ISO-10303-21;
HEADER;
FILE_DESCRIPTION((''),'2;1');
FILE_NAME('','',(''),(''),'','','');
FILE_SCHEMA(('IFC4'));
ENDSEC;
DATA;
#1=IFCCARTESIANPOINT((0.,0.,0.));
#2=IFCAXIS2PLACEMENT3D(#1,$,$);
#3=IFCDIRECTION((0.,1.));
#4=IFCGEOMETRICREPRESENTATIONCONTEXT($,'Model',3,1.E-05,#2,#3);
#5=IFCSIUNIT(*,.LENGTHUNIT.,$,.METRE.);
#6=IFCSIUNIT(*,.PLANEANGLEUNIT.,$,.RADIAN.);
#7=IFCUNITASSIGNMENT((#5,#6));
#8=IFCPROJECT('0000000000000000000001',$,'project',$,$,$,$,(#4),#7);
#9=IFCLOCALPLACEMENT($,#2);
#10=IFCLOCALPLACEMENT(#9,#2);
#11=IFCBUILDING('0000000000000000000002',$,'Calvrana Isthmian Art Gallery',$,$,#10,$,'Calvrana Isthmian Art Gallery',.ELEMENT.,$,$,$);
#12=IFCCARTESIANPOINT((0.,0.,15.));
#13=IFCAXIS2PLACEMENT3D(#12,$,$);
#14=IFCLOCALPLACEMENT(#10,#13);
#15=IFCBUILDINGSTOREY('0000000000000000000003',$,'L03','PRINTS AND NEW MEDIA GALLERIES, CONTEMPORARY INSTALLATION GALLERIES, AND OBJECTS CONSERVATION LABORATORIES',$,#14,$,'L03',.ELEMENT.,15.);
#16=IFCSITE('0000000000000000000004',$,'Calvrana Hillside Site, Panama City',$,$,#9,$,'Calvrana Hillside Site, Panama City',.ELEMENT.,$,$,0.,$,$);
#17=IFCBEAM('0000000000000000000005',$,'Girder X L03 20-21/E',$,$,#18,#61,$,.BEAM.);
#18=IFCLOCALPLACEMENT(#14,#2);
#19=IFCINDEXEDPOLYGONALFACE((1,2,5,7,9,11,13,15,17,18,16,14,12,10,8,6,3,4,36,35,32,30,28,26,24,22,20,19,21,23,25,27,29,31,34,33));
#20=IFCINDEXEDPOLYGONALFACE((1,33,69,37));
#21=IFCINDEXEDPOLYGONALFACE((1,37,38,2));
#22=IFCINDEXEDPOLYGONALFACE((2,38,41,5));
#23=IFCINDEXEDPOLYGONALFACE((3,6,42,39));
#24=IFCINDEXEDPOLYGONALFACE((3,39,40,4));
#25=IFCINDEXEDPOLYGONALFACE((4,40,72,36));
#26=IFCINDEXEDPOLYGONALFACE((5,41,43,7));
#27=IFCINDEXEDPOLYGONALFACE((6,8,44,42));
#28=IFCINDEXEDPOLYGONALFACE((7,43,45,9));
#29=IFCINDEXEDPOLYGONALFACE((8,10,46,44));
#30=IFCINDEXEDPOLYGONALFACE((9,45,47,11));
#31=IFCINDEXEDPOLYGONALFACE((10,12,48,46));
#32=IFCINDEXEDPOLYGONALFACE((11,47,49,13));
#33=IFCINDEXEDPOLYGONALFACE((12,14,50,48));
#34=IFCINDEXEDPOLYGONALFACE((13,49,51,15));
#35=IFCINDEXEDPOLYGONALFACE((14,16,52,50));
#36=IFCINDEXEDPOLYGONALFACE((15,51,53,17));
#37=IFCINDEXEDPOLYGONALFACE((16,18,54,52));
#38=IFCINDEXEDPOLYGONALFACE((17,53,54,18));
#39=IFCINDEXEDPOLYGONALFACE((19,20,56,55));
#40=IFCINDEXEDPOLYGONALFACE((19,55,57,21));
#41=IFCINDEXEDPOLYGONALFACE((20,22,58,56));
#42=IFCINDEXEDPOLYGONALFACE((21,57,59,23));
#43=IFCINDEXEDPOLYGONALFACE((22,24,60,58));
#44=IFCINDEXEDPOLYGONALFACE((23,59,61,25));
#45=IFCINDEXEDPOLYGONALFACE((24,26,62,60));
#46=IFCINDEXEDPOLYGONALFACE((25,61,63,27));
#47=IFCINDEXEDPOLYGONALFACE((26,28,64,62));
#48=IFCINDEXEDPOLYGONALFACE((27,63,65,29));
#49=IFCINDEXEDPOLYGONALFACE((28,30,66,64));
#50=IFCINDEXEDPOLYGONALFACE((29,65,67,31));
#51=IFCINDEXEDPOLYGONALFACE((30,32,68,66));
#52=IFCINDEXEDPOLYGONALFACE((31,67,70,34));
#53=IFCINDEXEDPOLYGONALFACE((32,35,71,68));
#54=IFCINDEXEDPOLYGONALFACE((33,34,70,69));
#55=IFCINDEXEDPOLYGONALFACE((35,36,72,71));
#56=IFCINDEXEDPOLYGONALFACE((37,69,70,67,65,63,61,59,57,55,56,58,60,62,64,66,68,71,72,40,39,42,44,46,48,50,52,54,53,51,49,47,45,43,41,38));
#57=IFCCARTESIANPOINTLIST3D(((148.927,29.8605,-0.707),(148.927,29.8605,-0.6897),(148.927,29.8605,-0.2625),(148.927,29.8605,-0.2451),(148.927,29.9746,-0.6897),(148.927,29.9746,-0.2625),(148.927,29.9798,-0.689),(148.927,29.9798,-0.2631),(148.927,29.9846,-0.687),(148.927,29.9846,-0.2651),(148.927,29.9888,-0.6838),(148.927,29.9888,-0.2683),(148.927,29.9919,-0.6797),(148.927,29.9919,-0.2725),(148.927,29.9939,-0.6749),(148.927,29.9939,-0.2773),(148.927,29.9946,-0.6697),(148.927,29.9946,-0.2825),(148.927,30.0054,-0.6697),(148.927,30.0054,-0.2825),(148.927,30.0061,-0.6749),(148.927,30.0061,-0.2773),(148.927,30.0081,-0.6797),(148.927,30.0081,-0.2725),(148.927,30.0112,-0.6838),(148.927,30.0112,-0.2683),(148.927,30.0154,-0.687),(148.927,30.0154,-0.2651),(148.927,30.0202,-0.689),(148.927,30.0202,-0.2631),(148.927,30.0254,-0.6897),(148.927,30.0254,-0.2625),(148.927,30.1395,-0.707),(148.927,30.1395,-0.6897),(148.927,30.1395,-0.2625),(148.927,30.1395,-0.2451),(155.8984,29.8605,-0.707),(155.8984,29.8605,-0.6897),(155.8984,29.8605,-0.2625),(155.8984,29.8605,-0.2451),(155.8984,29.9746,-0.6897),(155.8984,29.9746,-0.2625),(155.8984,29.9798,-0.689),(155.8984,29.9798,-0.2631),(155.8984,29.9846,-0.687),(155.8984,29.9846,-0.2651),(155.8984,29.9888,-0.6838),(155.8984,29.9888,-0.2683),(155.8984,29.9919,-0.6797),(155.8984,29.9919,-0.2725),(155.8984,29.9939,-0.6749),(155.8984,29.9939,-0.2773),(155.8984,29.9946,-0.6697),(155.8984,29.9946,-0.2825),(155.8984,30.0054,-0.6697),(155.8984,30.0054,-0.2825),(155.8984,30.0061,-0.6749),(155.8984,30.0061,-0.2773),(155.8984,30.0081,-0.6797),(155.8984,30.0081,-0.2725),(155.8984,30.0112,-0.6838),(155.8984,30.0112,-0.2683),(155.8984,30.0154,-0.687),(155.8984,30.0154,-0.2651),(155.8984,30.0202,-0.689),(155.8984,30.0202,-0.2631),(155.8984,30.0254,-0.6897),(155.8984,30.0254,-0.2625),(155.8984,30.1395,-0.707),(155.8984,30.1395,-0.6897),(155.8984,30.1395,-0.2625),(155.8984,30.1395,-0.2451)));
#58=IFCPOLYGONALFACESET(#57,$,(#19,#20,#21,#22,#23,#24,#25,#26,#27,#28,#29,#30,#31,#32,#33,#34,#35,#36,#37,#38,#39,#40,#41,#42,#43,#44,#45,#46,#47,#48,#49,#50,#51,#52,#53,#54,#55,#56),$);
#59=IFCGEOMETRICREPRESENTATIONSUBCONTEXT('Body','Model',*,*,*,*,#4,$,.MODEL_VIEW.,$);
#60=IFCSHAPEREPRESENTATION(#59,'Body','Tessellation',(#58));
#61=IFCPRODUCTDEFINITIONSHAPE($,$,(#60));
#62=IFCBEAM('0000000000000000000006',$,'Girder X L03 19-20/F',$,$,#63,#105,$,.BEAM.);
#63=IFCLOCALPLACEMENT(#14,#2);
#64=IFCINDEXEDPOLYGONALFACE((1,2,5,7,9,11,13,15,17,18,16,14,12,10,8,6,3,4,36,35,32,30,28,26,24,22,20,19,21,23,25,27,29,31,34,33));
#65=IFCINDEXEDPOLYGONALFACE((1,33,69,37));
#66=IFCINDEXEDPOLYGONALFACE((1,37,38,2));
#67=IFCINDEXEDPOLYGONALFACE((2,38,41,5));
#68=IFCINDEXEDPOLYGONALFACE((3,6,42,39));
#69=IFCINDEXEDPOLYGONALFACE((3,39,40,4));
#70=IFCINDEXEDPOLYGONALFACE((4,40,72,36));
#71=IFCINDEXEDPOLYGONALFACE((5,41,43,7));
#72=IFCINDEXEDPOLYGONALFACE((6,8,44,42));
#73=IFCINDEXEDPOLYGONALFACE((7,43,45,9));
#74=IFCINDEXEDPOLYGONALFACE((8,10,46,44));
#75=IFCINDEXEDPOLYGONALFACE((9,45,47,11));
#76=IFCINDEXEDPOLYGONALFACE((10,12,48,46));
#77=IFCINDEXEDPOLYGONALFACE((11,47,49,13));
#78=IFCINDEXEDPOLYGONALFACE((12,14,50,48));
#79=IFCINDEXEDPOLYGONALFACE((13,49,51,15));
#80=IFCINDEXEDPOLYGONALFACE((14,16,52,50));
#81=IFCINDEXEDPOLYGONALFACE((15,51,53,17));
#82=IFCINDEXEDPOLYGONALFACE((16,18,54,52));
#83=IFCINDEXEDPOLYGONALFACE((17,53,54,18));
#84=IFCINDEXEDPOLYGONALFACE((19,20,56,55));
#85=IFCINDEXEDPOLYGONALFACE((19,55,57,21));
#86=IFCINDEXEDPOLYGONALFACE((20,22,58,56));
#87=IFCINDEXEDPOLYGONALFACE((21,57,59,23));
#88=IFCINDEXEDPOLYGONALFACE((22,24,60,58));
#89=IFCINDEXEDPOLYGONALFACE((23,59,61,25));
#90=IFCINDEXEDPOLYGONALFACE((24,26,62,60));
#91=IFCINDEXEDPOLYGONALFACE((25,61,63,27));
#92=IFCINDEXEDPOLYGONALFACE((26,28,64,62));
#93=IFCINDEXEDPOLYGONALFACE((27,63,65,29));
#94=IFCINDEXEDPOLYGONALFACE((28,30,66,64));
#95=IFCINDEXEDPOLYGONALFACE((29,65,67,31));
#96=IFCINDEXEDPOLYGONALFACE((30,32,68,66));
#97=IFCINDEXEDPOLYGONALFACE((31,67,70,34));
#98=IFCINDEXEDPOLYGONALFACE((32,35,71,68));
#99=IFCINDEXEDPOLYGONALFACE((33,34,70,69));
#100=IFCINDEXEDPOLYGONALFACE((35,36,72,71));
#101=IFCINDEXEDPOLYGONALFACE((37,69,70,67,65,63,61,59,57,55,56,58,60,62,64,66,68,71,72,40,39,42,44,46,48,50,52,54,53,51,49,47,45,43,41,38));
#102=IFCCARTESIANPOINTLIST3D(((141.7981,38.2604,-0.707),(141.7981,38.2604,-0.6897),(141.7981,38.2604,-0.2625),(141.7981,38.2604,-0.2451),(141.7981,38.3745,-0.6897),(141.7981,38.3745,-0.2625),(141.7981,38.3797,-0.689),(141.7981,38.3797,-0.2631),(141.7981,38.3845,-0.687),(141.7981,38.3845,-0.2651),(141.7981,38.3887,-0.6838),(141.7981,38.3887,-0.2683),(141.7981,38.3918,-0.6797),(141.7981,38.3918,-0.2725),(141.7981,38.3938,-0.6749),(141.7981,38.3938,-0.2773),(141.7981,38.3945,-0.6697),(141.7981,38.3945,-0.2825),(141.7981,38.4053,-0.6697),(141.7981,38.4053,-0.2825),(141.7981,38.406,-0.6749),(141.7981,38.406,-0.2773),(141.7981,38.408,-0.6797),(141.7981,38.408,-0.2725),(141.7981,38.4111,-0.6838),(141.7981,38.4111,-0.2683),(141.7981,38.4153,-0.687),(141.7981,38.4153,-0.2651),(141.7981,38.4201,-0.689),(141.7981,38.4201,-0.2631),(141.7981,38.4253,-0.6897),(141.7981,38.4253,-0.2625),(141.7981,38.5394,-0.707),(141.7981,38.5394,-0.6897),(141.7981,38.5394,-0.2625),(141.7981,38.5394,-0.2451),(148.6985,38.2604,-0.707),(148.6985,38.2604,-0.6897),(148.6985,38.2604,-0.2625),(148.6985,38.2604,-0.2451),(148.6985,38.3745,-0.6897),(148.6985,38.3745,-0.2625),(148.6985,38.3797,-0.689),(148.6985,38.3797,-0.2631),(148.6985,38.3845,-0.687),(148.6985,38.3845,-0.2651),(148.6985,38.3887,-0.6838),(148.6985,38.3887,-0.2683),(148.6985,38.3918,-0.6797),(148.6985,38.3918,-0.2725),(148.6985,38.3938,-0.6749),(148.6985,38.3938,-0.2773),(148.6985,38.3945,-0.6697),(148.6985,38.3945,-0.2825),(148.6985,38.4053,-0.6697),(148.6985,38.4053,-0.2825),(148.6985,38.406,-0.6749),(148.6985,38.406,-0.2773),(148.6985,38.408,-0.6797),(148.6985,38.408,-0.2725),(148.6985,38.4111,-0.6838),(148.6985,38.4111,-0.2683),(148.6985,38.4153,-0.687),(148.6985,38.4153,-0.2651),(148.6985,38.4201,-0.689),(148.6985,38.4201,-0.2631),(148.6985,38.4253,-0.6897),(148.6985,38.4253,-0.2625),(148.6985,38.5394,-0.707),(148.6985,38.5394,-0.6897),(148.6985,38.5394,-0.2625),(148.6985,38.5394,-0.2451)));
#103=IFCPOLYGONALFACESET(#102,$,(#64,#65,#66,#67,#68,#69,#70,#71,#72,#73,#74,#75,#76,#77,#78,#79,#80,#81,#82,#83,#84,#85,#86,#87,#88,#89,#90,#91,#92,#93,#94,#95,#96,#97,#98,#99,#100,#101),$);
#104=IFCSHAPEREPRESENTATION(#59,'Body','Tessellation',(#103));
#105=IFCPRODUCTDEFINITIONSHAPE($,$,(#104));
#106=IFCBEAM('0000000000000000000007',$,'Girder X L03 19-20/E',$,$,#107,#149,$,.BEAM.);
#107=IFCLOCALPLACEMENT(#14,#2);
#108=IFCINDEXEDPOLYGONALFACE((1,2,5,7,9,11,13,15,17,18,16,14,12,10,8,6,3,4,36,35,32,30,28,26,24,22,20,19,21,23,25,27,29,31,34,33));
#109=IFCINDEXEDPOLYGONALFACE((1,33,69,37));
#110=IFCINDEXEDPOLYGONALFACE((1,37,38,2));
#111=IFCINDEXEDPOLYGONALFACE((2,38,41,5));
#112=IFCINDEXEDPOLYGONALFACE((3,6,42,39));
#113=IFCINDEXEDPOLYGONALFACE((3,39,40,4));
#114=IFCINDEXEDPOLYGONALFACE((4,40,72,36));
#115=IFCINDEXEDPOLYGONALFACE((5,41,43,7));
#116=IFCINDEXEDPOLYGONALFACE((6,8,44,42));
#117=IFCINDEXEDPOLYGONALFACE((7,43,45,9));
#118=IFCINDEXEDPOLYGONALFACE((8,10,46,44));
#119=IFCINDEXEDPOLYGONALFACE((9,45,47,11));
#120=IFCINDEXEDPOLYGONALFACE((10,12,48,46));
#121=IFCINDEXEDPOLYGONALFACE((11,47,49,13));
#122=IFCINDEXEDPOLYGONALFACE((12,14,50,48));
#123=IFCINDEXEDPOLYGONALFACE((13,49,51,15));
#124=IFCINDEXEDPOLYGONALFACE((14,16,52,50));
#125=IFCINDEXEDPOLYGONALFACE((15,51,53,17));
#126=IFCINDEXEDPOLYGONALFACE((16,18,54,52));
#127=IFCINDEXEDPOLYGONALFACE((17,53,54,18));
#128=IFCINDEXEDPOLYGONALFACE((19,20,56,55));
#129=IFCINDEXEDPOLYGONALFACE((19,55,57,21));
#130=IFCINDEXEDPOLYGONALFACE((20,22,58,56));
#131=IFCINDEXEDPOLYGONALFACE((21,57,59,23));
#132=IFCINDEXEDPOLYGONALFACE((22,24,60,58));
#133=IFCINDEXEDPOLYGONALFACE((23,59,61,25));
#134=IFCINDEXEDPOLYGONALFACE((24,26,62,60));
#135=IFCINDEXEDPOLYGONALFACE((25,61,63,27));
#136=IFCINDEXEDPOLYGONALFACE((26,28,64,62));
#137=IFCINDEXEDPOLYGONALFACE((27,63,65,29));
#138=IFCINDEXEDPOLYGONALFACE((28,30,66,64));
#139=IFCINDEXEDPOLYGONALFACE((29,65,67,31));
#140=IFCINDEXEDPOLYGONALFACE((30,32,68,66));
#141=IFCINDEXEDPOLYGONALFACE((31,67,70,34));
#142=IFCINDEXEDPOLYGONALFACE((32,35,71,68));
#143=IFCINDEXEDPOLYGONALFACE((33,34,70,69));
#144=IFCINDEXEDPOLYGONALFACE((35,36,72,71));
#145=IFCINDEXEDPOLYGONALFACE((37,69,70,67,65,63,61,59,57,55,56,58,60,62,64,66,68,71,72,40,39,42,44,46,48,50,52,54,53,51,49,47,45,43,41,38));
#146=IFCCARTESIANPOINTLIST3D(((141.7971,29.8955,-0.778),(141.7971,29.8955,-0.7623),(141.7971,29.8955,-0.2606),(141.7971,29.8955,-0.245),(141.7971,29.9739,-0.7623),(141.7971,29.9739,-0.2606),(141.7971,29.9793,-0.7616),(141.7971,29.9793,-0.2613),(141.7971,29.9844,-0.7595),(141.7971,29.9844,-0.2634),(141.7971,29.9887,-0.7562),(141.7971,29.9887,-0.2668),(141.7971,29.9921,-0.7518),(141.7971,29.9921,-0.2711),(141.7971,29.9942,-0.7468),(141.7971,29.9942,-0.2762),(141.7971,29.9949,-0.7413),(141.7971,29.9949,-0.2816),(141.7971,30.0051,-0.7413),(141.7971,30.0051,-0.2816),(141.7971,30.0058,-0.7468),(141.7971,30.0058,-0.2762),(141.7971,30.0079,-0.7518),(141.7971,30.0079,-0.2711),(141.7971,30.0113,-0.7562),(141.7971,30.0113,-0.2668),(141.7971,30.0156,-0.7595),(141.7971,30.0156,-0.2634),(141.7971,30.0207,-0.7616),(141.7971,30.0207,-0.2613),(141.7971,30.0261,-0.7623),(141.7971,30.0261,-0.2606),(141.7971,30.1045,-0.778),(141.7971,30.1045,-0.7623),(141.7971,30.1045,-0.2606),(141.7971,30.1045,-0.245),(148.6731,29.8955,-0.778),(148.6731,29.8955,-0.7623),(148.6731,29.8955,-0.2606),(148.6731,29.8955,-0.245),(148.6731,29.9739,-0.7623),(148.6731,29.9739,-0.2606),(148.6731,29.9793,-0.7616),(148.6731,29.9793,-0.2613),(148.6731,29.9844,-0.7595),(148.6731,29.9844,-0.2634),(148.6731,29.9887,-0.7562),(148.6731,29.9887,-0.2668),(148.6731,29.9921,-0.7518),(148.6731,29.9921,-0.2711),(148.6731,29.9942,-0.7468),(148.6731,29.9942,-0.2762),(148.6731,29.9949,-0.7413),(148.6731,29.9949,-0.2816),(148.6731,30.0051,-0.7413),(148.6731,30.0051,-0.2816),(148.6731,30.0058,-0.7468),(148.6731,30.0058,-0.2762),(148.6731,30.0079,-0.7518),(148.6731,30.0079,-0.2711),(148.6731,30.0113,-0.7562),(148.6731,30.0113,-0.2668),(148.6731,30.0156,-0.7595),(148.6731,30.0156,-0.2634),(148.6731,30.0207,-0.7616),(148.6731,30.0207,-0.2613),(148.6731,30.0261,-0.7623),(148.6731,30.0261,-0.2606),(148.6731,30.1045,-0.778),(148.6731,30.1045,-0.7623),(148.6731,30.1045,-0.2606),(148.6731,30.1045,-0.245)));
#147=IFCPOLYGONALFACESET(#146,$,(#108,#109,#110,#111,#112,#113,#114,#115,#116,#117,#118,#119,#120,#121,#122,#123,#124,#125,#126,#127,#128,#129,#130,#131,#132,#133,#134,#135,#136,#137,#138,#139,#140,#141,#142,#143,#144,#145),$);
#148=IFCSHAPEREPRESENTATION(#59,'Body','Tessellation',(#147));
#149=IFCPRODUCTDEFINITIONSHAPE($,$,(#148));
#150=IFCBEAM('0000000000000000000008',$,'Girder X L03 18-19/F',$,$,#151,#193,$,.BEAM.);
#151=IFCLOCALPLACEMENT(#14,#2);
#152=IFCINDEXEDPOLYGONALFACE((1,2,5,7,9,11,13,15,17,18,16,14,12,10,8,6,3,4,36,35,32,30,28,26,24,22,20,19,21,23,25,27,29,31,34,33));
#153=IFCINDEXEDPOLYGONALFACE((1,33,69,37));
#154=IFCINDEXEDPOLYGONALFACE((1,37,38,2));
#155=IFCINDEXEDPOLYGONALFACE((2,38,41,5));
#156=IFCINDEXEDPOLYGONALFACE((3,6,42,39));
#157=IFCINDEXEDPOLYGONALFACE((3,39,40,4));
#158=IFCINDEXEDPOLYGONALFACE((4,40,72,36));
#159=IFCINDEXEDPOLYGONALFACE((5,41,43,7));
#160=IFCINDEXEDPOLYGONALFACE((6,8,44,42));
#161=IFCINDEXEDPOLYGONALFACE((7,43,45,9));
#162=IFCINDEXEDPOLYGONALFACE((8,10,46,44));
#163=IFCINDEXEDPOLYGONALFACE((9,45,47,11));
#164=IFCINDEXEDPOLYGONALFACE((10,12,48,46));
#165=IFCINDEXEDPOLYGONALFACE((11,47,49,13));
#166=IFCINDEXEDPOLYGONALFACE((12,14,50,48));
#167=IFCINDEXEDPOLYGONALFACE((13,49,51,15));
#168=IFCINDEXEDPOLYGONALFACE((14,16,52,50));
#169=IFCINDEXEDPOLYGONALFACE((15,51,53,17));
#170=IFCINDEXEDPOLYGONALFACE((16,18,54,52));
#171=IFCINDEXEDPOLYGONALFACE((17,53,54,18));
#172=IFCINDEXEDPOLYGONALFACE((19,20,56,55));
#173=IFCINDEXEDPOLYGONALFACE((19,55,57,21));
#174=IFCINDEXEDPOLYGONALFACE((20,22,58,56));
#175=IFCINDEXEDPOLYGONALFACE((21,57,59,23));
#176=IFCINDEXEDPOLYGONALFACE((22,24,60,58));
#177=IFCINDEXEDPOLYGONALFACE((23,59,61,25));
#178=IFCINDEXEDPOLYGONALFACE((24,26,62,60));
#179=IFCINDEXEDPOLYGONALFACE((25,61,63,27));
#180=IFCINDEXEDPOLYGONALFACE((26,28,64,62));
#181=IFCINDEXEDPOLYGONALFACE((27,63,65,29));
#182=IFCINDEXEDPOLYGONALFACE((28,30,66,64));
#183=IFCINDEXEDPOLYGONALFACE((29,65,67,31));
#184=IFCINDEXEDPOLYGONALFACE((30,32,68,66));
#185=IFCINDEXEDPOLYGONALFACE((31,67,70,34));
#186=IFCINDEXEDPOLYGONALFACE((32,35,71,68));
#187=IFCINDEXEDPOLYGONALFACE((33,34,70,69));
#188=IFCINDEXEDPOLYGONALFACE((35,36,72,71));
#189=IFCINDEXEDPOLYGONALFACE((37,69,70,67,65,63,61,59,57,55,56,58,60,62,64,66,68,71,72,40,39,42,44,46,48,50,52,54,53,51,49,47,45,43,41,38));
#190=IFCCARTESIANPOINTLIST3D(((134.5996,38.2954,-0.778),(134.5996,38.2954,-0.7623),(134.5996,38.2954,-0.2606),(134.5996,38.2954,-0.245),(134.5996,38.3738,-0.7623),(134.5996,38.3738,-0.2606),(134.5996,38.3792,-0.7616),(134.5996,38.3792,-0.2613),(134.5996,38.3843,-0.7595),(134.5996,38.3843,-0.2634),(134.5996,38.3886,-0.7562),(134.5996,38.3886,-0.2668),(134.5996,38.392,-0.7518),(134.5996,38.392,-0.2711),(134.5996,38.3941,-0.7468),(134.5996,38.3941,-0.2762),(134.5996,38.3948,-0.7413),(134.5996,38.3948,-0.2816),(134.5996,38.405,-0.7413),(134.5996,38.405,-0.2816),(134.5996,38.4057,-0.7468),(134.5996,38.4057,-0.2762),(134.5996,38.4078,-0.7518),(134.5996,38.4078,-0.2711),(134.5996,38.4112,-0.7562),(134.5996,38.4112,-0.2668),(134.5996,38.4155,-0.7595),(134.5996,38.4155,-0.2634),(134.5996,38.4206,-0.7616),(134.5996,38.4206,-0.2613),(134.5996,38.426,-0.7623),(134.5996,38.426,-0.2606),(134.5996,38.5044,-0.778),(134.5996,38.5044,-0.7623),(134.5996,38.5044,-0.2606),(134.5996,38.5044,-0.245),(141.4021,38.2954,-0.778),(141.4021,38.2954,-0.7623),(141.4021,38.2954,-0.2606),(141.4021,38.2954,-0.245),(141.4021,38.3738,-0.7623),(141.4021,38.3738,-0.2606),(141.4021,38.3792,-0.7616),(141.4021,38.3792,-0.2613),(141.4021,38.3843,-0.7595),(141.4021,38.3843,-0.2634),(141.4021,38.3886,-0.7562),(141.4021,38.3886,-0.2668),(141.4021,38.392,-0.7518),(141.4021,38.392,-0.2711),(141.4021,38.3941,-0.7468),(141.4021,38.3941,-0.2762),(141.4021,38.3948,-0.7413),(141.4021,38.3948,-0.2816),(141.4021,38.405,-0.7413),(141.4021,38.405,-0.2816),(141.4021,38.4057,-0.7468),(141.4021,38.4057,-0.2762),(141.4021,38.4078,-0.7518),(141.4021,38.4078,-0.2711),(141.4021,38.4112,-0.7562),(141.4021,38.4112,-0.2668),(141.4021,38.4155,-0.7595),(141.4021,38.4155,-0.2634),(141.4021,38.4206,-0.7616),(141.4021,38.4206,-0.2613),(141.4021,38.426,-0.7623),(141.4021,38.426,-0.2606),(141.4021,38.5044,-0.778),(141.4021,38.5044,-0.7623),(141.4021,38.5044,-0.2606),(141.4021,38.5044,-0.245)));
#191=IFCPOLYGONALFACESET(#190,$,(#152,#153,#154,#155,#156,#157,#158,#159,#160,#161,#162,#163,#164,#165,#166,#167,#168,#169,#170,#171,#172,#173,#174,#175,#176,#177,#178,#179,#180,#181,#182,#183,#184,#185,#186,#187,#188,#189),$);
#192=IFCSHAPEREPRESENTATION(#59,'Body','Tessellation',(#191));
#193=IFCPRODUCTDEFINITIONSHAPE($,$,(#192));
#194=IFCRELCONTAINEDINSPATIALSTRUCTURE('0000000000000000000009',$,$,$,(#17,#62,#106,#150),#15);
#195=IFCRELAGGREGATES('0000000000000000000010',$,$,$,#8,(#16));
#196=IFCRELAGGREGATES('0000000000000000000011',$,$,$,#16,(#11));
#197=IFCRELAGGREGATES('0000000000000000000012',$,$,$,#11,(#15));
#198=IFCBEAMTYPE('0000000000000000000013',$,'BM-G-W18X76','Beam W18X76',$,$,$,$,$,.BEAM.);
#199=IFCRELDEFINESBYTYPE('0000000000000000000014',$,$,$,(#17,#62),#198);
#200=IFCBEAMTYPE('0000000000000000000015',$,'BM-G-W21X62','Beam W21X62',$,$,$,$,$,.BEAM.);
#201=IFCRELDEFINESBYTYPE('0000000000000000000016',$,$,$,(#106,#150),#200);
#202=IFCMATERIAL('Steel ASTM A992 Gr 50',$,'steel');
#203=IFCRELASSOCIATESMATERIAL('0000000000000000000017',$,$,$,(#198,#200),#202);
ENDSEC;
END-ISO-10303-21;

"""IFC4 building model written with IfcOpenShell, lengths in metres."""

from ifc_helpers import new_model, si_unit, direction, frame, origin, origin_2d, place, context, subcontext, project, spatial, i_section, extrude, material, material_profile, profile_set, type_object, element, save


model = new_model("IFC4")

# Units and contexts
model_context = context("Model", 3, precision=1e-05, world=origin(), true_north=direction((0.0, 1.0)))
body_context = subcontext(model_context, "Body", "Model", "MODEL_VIEW")
ifc_project = project(units=[si_unit("LENGTHUNIT", "METRE"), si_unit("PLANEANGLEUNIT", "RADIAN")], contexts=[model_context])

# Site, building, storey
site_placement = place(None, origin())
site = spatial("IfcSite", under=ifc_project, at=site_placement, Name="Calvrana Hillside Site, Panama City", LongName="Calvrana Hillside Site, Panama City", CompositionType="ELEMENT", RefElevation=0.0)
building_placement = place(site_placement, origin())
building = spatial("IfcBuilding", under=site, at=building_placement, Name="Calvrana Isthmian Art Gallery", LongName="Calvrana Isthmian Art Gallery", CompositionType="ELEMENT")
storey_placement = place(building_placement, frame((0.0, 0.0, 15.0)))
storey = spatial("IfcBuildingStorey", under=building, at=storey_placement, Name="L03", Description="PRINTS AND NEW MEDIA GALLERIES, CONTEMPORARY INSTALLATION GALLERIES, AND OBJECTS CONSERVATION LABORATORIES", LongName="L03", CompositionType="ELEMENT", Elevation=15.0)

# Shared definitions
ifc_material_1 = material(Name="Steel ASTM A992 Gr 50", Category="steel")

# Beams
ifc_material_profile_1 = material_profile(ifc_material_1, i_section(OverallWidth=0.2791, OverallDepth=0.4619, WebThickness=0.0107, FlangeThickness=0.0173, FilletRadius=0.02, at=origin_2d()), Name="W18X76")
ifc_profile_set_1 = profile_set([ifc_material_profile_1], Name="Steel ASTM A992 Gr 50")
beam_type_1 = type_object("IfcBeamType", Name="BM-G-W18X76", Description="Beam W18X76", PredefinedType="BEAM", material=ifc_profile_set_1)
beam_1_placement = place(storey_placement, frame((148.927, 30.0, -0.4761), z_axis=(1.0, 0.0, 0.0), x_axis=(0.0, 1.0, 0.0)))
element("IfcBeam", 1, at=beam_1_placement, inside=storey, type_object=beam_type_1, Name="Girder X L03 20-21/E", PredefinedType="BEAM", context=body_context, shape_type="SweptSolid", body=[
    extrude(i_section(OverallWidth=0.2791, OverallDepth=0.4619, WebThickness=0.0107, FlangeThickness=0.0173, FilletRadius=0.02, at=origin_2d()), origin(), (0.0, 0.0, 1.0), 6.9714),
])
beam_2_placement = place(storey_placement, frame((141.7981, 38.3999, -0.4761), z_axis=(1.0, 0.0, 0.0), x_axis=(0.0, 1.0, 0.0)))
element("IfcBeam", 2, at=beam_2_placement, inside=storey, type_object=beam_type_1, Name="Girder X L03 19-20/F", PredefinedType="BEAM", context=body_context, shape_type="SweptSolid", body=[
    extrude(i_section(OverallWidth=0.2791, OverallDepth=0.4619, WebThickness=0.0107, FlangeThickness=0.0173, FilletRadius=0.02, at=origin_2d()), origin(), (0.0, 0.0, 1.0), 6.9004),
])
ifc_material_profile_2 = material_profile(ifc_material_1, i_section(OverallWidth=0.209, OverallDepth=0.533, WebThickness=0.0103, FlangeThickness=0.0156, FilletRadius=0.021, at=origin_2d()), Name="W21X62")
ifc_profile_set_2 = profile_set([ifc_material_profile_2], Name="Steel ASTM A992 Gr 50")
beam_type_2 = type_object("IfcBeamType", Name="BM-G-W21X62", Description="Beam W21X62", PredefinedType="BEAM", material=ifc_profile_set_2)
beam_3_placement = place(storey_placement, frame((141.7971, 30.0, -0.5115), z_axis=(1.0, 0.0, 0.0), x_axis=(0.0, 1.0, 0.0)))
element("IfcBeam", 3, at=beam_3_placement, inside=storey, type_object=beam_type_2, Name="Girder X L03 19-20/E", PredefinedType="BEAM", context=body_context, shape_type="SweptSolid", body=[
    extrude(i_section(OverallWidth=0.209, OverallDepth=0.533, WebThickness=0.0103, FlangeThickness=0.0156, FilletRadius=0.021, at=origin_2d()), origin(), (0.0, 0.0, 1.0), 6.876),
])
beam_4_placement = place(storey_placement, frame((134.5996, 38.3999, -0.5115), z_axis=(1.0, 0.0, 0.0), x_axis=(0.0, 1.0, 0.0)))
element("IfcBeam", 4, at=beam_4_placement, inside=storey, type_object=beam_type_2, Name="Girder X L03 18-19/F", PredefinedType="BEAM", context=body_context, shape_type="SweptSolid", body=[
    extrude(i_section(OverallWidth=0.209, OverallDepth=0.533, WebThickness=0.0103, FlangeThickness=0.0156, FilletRadius=0.021, at=origin_2d()), origin(), (0.0, 0.0, 1.0), 6.8025),
])

save(model, "model.ifc")
